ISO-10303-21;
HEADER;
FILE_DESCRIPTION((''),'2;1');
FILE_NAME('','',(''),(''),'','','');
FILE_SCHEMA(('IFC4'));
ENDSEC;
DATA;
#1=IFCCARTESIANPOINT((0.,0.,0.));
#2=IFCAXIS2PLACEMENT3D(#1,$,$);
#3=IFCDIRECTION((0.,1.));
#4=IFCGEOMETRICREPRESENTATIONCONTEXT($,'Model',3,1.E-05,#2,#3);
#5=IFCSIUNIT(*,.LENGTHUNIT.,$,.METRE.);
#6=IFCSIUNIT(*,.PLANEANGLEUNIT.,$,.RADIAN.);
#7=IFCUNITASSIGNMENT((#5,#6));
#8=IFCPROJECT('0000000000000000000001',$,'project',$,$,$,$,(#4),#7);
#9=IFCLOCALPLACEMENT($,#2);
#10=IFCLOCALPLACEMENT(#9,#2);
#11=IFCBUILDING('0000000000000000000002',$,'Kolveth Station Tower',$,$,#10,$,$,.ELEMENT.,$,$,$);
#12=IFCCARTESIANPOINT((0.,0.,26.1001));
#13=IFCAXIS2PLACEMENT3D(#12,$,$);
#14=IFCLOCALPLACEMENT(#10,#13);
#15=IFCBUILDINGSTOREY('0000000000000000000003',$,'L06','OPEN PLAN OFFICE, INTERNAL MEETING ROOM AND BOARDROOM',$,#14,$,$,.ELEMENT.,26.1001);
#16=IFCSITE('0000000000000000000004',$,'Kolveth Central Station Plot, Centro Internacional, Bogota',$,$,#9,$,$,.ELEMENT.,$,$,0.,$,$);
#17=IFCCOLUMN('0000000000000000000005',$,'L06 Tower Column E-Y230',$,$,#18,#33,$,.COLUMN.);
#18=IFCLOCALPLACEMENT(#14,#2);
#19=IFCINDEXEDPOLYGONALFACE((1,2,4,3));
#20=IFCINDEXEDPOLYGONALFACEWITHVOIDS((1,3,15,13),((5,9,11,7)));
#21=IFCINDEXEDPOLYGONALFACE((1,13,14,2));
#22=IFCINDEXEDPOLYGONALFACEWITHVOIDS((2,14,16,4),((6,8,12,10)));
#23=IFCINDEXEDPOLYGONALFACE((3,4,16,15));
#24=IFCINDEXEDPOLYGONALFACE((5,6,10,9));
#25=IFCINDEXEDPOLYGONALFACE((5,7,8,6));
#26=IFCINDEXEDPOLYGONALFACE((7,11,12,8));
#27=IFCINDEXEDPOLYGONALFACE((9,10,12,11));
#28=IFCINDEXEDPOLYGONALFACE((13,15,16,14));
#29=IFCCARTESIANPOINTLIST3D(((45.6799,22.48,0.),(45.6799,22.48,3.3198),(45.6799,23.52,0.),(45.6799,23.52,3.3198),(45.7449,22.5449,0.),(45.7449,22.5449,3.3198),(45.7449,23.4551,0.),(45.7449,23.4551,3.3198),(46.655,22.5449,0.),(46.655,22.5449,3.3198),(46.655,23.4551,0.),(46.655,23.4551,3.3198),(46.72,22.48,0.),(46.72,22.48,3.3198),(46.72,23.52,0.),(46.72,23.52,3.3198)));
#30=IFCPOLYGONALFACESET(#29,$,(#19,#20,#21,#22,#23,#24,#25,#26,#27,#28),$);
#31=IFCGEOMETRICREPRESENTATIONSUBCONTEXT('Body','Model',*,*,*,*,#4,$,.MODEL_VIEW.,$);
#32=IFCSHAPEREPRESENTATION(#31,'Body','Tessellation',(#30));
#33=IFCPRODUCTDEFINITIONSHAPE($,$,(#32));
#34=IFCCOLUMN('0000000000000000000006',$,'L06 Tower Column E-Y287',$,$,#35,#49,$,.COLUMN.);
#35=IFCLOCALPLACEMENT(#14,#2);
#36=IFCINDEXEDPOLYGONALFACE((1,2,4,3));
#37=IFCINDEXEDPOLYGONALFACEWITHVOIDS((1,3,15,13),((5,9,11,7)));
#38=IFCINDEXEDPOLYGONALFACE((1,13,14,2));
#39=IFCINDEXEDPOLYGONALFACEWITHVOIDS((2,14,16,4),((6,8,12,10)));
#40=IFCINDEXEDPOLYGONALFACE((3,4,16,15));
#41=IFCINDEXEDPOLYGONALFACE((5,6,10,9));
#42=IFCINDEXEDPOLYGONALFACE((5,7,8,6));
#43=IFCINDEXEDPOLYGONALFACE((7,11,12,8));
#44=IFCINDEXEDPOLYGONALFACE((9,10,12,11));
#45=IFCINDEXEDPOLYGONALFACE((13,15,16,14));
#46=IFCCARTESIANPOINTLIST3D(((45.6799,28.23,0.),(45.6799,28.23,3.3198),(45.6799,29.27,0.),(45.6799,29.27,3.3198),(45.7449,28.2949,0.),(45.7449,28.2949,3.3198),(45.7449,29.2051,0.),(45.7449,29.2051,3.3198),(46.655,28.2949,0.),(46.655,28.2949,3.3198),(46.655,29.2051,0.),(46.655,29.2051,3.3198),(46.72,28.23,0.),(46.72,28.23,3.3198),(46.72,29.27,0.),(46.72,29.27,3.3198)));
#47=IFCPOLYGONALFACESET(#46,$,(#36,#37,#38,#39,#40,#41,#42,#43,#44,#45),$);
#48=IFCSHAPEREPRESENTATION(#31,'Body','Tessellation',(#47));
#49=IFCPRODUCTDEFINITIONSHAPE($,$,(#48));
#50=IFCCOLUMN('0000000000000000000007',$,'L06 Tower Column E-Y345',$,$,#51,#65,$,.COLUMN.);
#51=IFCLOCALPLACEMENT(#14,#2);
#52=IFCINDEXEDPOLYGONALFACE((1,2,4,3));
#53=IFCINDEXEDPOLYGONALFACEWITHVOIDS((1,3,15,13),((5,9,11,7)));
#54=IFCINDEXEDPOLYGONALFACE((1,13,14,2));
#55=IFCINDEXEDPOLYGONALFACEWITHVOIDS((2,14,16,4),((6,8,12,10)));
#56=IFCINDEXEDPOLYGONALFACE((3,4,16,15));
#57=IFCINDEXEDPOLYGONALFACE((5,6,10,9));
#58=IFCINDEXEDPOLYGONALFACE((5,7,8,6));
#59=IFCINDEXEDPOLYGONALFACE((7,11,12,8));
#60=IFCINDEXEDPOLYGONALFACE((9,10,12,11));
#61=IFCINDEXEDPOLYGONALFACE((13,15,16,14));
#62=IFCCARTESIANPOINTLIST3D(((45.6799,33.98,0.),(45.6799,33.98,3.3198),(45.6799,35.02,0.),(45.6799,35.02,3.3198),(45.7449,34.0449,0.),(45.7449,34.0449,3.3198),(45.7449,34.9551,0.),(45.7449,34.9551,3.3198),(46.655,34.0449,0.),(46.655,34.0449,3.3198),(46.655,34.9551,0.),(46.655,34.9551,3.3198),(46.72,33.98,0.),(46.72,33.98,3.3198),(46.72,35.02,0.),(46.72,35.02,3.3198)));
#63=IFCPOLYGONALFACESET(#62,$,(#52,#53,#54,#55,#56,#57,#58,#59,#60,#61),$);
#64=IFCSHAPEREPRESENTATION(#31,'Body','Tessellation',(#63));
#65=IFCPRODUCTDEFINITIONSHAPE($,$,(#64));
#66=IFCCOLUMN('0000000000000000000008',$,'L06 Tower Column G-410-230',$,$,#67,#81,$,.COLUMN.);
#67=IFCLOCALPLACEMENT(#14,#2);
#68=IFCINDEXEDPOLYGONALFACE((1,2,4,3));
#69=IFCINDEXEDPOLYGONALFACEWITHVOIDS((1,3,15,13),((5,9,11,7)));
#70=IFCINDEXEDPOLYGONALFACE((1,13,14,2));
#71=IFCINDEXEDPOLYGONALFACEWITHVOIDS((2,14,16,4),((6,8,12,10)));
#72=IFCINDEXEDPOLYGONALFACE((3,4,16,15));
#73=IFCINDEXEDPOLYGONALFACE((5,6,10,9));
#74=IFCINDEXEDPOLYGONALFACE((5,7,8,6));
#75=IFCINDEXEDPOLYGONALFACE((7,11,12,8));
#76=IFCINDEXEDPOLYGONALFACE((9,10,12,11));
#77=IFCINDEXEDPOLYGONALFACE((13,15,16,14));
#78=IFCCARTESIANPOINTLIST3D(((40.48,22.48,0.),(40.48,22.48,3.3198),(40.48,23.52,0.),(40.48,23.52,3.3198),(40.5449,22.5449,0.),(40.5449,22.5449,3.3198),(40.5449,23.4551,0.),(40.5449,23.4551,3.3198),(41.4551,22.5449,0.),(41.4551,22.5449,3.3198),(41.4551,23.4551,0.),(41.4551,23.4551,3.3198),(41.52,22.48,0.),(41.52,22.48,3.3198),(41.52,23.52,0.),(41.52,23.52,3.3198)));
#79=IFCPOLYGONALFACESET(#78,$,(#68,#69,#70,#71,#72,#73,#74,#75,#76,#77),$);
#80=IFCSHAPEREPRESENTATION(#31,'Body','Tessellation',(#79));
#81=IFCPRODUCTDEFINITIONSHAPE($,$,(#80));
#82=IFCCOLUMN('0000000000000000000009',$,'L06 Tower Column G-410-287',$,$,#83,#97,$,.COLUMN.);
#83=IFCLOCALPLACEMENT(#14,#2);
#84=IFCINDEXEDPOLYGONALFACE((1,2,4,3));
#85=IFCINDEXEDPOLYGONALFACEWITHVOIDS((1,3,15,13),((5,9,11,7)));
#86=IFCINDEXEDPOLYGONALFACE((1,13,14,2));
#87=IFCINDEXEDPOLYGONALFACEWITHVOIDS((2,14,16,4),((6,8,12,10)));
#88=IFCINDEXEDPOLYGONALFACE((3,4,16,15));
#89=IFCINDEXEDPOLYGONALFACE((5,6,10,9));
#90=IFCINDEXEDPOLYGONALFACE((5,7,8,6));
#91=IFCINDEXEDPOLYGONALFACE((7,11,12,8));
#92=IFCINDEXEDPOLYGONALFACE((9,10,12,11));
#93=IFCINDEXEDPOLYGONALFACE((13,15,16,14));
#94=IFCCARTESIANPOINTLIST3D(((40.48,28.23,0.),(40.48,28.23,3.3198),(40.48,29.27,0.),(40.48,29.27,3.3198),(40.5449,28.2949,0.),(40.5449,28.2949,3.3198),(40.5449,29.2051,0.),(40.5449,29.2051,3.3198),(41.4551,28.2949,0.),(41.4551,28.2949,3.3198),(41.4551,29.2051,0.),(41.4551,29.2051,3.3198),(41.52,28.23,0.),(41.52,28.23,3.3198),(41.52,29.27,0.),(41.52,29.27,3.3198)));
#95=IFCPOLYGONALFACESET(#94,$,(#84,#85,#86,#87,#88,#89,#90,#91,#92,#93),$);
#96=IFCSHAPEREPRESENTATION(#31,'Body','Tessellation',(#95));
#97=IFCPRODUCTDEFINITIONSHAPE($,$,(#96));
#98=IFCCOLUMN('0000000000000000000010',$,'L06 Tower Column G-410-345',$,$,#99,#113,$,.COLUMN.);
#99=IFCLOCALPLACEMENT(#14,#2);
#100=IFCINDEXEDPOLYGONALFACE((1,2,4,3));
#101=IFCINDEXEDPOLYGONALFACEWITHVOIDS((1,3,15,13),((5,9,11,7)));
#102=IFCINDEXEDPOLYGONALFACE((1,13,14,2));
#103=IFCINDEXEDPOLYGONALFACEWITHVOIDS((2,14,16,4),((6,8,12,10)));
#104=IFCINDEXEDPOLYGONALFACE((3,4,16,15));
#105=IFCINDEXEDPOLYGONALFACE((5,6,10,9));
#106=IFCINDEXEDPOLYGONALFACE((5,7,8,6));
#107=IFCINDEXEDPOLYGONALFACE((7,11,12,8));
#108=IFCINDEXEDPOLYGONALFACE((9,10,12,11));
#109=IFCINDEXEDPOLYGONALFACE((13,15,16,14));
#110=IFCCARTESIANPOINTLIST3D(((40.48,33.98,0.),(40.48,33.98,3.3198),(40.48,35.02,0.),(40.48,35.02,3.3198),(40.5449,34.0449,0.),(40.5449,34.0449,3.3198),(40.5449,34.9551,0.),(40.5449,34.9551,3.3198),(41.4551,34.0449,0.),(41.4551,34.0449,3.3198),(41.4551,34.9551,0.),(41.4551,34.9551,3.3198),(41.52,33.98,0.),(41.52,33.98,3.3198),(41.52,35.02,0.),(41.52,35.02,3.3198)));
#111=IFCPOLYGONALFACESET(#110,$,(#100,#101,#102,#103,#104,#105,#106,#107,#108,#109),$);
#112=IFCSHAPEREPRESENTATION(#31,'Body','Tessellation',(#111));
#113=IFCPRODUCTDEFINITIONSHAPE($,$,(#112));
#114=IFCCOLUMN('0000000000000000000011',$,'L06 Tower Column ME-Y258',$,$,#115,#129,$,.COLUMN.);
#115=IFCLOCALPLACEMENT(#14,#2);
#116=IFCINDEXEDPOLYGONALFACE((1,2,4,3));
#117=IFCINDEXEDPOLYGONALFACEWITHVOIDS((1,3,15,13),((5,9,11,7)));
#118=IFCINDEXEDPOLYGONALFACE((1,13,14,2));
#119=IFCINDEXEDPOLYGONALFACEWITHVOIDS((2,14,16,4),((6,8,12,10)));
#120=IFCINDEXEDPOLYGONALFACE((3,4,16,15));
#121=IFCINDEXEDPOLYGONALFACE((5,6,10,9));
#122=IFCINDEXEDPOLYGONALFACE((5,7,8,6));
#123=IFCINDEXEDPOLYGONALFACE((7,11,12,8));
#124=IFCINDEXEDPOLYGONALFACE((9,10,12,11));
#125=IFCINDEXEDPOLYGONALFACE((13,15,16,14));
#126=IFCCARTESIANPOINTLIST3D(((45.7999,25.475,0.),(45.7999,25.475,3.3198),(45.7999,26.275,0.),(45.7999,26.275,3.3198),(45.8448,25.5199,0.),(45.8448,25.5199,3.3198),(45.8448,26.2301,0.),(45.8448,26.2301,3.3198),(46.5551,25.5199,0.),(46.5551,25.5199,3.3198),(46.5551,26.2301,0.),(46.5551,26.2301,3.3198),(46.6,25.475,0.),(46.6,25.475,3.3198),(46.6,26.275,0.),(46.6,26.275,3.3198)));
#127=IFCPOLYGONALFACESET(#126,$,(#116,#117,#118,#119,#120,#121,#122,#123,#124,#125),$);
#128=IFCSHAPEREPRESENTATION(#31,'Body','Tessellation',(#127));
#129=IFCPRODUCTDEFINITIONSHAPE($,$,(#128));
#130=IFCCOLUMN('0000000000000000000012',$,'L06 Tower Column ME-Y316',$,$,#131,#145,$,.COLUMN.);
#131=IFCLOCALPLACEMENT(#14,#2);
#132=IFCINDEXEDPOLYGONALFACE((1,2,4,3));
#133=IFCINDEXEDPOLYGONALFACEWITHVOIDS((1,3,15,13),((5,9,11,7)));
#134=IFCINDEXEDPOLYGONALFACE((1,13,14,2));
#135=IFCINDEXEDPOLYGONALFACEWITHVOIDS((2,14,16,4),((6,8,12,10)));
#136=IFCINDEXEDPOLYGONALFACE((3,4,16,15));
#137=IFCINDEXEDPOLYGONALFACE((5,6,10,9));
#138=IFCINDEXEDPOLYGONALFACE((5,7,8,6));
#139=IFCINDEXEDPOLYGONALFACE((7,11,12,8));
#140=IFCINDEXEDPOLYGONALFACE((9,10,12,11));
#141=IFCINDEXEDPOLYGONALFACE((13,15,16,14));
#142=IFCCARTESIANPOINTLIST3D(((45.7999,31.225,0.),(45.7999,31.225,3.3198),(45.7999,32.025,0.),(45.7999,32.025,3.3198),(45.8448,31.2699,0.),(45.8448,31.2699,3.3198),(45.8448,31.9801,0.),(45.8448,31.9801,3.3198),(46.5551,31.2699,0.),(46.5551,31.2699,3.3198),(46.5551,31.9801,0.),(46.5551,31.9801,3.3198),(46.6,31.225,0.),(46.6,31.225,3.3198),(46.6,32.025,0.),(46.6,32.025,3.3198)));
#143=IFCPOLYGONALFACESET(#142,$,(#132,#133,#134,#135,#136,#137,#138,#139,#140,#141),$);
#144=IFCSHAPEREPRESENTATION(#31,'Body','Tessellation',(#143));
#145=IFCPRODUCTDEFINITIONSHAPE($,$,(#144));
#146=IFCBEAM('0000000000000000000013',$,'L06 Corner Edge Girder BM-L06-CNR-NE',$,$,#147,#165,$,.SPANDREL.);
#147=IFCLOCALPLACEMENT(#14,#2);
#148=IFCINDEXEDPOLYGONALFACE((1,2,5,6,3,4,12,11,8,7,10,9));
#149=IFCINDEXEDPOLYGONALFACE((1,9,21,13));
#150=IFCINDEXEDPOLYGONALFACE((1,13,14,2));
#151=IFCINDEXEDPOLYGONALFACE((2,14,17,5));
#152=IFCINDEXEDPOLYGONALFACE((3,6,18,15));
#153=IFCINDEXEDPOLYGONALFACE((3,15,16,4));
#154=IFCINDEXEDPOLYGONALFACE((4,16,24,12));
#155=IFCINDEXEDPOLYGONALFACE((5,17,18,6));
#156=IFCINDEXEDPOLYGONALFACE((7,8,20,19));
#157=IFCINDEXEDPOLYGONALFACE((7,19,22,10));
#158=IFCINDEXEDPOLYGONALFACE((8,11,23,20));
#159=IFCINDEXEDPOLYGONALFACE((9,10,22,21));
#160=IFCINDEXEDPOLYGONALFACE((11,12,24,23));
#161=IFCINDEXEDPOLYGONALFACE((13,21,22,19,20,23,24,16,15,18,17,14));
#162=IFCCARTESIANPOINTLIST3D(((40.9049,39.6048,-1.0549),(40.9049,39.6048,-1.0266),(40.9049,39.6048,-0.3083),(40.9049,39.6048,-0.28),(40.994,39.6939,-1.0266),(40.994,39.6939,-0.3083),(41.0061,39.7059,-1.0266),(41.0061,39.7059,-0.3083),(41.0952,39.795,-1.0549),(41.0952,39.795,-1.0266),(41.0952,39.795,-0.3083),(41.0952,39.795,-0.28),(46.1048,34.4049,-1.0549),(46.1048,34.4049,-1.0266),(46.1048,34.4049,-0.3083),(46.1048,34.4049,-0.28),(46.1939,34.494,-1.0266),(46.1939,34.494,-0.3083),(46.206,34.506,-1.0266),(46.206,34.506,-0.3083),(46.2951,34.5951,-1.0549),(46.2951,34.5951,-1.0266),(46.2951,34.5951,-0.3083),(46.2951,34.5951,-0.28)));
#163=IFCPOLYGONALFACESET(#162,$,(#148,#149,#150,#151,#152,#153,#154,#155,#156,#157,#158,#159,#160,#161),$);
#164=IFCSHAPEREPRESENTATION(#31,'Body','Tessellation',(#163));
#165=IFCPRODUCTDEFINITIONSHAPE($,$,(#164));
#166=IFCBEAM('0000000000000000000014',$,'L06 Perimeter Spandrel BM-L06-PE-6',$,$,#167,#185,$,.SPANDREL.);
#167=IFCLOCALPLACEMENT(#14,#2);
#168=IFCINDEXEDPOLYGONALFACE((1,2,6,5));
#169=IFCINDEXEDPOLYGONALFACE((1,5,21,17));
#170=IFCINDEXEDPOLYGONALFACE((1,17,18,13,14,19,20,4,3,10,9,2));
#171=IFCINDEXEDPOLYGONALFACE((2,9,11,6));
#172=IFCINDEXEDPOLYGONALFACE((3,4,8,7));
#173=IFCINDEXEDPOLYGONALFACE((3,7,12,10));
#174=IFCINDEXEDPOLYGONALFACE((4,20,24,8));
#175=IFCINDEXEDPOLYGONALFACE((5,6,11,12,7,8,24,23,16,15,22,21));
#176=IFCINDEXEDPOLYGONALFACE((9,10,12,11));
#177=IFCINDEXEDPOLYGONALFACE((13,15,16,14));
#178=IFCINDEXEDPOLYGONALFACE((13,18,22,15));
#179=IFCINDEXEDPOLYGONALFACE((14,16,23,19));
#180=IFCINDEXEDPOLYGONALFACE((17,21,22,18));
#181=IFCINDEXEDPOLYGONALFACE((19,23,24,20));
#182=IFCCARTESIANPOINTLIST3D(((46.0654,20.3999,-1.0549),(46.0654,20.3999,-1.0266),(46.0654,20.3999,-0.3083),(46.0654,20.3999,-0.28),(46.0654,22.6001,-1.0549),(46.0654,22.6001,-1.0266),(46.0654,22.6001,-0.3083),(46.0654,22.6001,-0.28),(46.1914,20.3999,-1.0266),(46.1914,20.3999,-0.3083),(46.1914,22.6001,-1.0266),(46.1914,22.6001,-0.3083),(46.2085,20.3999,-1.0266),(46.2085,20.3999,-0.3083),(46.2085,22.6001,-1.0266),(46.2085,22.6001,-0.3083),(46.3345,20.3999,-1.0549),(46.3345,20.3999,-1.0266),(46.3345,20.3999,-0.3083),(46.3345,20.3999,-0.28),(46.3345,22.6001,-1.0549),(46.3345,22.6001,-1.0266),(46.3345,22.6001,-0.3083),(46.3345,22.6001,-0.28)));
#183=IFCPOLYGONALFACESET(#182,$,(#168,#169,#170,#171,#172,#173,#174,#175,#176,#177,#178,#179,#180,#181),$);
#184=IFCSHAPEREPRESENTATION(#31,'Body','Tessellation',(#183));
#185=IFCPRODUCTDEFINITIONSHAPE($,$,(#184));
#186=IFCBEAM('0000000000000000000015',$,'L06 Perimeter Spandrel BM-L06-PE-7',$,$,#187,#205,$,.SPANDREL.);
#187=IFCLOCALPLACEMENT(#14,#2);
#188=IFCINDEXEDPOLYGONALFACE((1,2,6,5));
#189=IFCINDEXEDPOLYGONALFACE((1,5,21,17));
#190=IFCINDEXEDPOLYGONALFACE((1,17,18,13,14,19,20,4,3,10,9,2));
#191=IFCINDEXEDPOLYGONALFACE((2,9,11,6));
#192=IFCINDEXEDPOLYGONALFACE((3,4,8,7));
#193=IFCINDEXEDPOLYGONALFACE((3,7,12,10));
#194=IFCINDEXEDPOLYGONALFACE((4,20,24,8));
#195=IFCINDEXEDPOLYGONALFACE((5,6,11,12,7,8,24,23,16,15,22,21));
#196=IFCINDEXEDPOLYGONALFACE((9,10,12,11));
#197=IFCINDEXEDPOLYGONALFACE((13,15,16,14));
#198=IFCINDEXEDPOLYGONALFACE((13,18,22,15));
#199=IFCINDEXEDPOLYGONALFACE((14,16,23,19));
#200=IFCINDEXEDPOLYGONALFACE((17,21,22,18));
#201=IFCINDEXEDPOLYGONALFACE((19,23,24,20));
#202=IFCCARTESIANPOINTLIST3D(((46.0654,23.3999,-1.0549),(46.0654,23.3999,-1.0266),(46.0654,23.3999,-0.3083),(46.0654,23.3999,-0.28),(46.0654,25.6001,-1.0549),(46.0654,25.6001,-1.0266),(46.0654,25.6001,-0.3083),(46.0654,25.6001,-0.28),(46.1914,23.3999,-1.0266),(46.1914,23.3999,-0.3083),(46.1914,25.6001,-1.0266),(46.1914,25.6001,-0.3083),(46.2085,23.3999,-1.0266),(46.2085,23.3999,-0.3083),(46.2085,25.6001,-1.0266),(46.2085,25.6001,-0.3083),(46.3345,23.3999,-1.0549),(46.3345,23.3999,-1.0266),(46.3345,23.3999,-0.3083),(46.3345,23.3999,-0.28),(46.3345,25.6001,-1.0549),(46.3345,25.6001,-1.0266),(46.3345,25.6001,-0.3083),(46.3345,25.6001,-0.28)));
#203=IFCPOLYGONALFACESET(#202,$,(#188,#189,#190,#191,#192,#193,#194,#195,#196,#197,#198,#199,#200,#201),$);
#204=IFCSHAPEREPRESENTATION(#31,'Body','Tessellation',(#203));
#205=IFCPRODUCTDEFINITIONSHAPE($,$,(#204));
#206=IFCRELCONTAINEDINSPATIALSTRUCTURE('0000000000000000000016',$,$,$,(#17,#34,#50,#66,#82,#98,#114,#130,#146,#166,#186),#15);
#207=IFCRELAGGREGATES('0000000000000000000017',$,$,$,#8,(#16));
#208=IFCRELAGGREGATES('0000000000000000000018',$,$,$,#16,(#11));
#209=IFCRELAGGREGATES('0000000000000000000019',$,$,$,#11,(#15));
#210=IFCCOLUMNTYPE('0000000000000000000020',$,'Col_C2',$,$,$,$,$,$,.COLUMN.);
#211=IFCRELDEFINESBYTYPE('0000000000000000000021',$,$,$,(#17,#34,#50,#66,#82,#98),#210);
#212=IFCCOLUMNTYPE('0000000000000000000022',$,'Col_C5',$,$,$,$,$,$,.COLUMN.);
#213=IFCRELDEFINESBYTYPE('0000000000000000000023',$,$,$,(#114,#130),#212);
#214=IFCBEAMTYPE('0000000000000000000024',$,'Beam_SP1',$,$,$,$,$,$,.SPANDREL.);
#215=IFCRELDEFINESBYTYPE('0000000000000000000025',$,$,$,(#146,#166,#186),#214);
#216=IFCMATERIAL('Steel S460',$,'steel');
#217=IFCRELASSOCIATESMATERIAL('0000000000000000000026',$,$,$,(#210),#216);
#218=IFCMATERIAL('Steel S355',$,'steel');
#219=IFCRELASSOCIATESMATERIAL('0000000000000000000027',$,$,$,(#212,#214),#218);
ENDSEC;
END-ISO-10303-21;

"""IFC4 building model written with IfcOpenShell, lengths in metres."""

from ifc_helpers import new_model, si_unit, direction, frame, origin, origin_2d, place, context, subcontext, project, spatial, hollow_rectangle, i_section, extrude, source, transform, mapped, material, material_profile, profile_set, type_object, element, save


model = new_model("IFC4")

# Units and contexts
model_context = context("Model", 3, precision=1e-05, world=origin(), true_north=direction((0.0, 1.0)))
body_context = subcontext(model_context, "Body", "Model", "MODEL_VIEW")
ifc_project = project(units=[si_unit("LENGTHUNIT", "METRE"), si_unit("PLANEANGLEUNIT", "RADIAN")], contexts=[model_context])

# Site, building, storey
site_placement = place(None, origin())
site = spatial("IfcSite", under=ifc_project, at=site_placement, Name="Kolveth Central Station Plot, Centro Internacional, Bogota", CompositionType="ELEMENT", RefElevation=0.0)
building_placement = place(site_placement, origin())
building = spatial("IfcBuilding", under=site, at=building_placement, Name="Kolveth Station Tower", CompositionType="ELEMENT")
storey_placement = place(building_placement, frame((0.0, 0.0, 26.1001)))
storey = spatial("IfcBuildingStorey", under=building, at=storey_placement, Name="L06", Description="OPEN PLAN OFFICE, INTERNAL MEETING ROOM AND BOARDROOM", CompositionType="ELEMENT", Elevation=26.1001)

# Columns
ifc_material_1 = material(Name="Steel S460", Category="steel")
ifc_material_profile_1 = material_profile(ifc_material_1, hollow_rectangle(XDim=1.04, YDim=1.04, WallThickness=0.0649, at=origin_2d()), Name="BOX1040x1040x65")
ifc_profile_set_1 = profile_set([ifc_material_profile_1], Name="Steel S460")
column_type_1 = type_object("IfcColumnType", Name="Col_C2", PredefinedType="COLUMN", material=ifc_profile_set_1)
shared_shape_1 = source(origin(), body_context, "Body", "SweptSolid", [
    extrude(hollow_rectangle(XDim=1.04, YDim=1.04, WallThickness=0.0649, at=origin_2d()), origin(), (0.0, 0.0, 1.0), 3.3198),
])
for number, where, z_axis, x_axis, name in (
    (1, (46.2, 23.0, 0.0), (0.0, 0.0, 1.0), (1.0, 0.0, 0.0), "L06 Tower Column E-Y230"),
    (2, (46.2, 28.75, 0.0), (0.0, 0.0, 1.0), (1.0, 0.0, 0.0), "L06 Tower Column E-Y287"),
    (3, (46.2, 34.5, 0.0), (0.0, 0.0, 1.0), (1.0, 0.0, 0.0), "L06 Tower Column E-Y345"),
    (4, (41.0, 23.0, 0.0), (0.0, 0.0, 1.0), (1.0, 0.0, 0.0), "L06 Tower Column G-410-230"),
    (5, (41.0, 28.75, 0.0), (0.0, 0.0, 1.0), (1.0, 0.0, 0.0), "L06 Tower Column G-410-287"),
    (6, (41.0, 34.5, 0.0), (0.0, 0.0, 1.0), (1.0, 0.0, 0.0), "L06 Tower Column G-410-345"),
):
    element("IfcColumn", number, at=place(storey_placement, frame(where, z_axis=z_axis, x_axis=x_axis)), inside=storey, type_object=column_type_1, Name=name, PredefinedType="COLUMN", context=body_context, shape_type="MappedRepresentation", body=[
        mapped(shared_shape_1, transform((0.0, 0.0, 0.0), x_axis=(1.0, 0.0, 0.0), y_axis=(0.0, 1.0, 0.0), z_axis=(0.0, 0.0, 1.0), scale=1.0)),
    ])
ifc_material_2 = material(Name="Steel S355", Category="steel")
ifc_material_profile_2 = material_profile(ifc_material_2, hollow_rectangle(XDim=0.8, YDim=0.8, WallThickness=0.0449, at=origin_2d()), Name="BOX800x800x45")
ifc_profile_set_2 = profile_set([ifc_material_profile_2], Name="Steel S355")
column_type_2 = type_object("IfcColumnType", Name="Col_C5", PredefinedType="COLUMN", material=ifc_profile_set_2)
shared_shape_2 = source(origin(), body_context, "Body", "SweptSolid", [
    extrude(hollow_rectangle(XDim=0.8, YDim=0.8, WallThickness=0.0449, at=origin_2d()), origin(), (0.0, 0.0, 1.0), 3.3198),
])
for number, where, z_axis, x_axis, name in (
    (7, (46.2, 25.875, 0.0), (0.0, 0.0, 1.0), (1.0, 0.0, 0.0), "L06 Tower Column ME-Y258"),
    (8, (46.2, 31.625, 0.0), (0.0, 0.0, 1.0), (1.0, 0.0, 0.0), "L06 Tower Column ME-Y316"),
):
    element("IfcColumn", number, at=place(storey_placement, frame(where, z_axis=z_axis, x_axis=x_axis)), inside=storey, type_object=column_type_2, Name=name, PredefinedType="COLUMN", context=body_context, shape_type="MappedRepresentation", body=[
        mapped(shared_shape_2, transform((0.0, 0.0, 0.0), x_axis=(1.0, 0.0, 0.0), y_axis=(0.0, 1.0, 0.0), z_axis=(0.0, 0.0, 1.0), scale=1.0)),
    ])

# Beams
ifc_material_profile_3 = material_profile(ifc_material_2, i_section(OverallWidth=0.269, OverallDepth=0.7749, WebThickness=0.0171, FlangeThickness=0.0283, at=origin_2d()), Name="W760x220")
ifc_profile_set_3 = profile_set([ifc_material_profile_3], Name="Steel S355")
beam_type_1 = type_object("IfcBeamType", Name="Beam_SP1", PredefinedType="SPANDREL", material=ifc_profile_set_3)
shared_shape_3 = source(origin(), body_context, "Body", "SweptSolid", [
    extrude(i_section(OverallWidth=0.269, OverallDepth=0.7749, WebThickness=0.0171, FlangeThickness=0.0283, at=origin_2d()), origin(), (0.0, 0.0, 1.0), 7.3538),
])
beam_placement = place(storey_placement, frame((46.2, 34.5, -0.6675), z_axis=(-0.707107, 0.707107, 0.0), x_axis=(-0.707107, -0.707107, 0.0)))
element("IfcBeam", 9, at=beam_placement, inside=storey, type_object=beam_type_1, Name="L06 Corner Edge Girder BM-L06-CNR-NE", PredefinedType="SPANDREL", context=body_context, shape_type="MappedRepresentation", body=[
    mapped(shared_shape_3, transform((0.0, 0.0, 0.0), x_axis=(1.0, 0.0, 0.0), y_axis=(0.0, 1.0, 0.0), z_axis=(0.0, 0.0, 1.0), scale=1.0)),
])
shared_shape_4 = source(origin(), body_context, "Body", "SweptSolid", [
    extrude(i_section(OverallWidth=0.269, OverallDepth=0.7749, WebThickness=0.0171, FlangeThickness=0.0283, at=origin_2d()), origin(), (0.0, 0.0, 1.0), 2.2002),
])
for number, where, z_axis, x_axis, name in (
    (10, (46.2, 20.3999, -0.6675), (0.0, 1.0, 0.0), (-1.0, 0.0, 0.0), "L06 Perimeter Spandrel BM-L06-PE-6"),
    (11, (46.2, 23.3999, -0.6675), (0.0, 1.0, 0.0), (-1.0, 0.0, 0.0), "L06 Perimeter Spandrel BM-L06-PE-7"),
):
    element("IfcBeam", number, at=place(storey_placement, frame(where, z_axis=z_axis, x_axis=x_axis)), inside=storey, type_object=beam_type_1, Name=name, PredefinedType="SPANDREL", context=body_context, shape_type="MappedRepresentation", body=[
        mapped(shared_shape_4, transform((0.0, 0.0, 0.0), x_axis=(1.0, 0.0, 0.0), y_axis=(0.0, 1.0, 0.0), z_axis=(0.0, 0.0, 1.0), scale=1.0)),
    ])

save(model, "model.ifc")
